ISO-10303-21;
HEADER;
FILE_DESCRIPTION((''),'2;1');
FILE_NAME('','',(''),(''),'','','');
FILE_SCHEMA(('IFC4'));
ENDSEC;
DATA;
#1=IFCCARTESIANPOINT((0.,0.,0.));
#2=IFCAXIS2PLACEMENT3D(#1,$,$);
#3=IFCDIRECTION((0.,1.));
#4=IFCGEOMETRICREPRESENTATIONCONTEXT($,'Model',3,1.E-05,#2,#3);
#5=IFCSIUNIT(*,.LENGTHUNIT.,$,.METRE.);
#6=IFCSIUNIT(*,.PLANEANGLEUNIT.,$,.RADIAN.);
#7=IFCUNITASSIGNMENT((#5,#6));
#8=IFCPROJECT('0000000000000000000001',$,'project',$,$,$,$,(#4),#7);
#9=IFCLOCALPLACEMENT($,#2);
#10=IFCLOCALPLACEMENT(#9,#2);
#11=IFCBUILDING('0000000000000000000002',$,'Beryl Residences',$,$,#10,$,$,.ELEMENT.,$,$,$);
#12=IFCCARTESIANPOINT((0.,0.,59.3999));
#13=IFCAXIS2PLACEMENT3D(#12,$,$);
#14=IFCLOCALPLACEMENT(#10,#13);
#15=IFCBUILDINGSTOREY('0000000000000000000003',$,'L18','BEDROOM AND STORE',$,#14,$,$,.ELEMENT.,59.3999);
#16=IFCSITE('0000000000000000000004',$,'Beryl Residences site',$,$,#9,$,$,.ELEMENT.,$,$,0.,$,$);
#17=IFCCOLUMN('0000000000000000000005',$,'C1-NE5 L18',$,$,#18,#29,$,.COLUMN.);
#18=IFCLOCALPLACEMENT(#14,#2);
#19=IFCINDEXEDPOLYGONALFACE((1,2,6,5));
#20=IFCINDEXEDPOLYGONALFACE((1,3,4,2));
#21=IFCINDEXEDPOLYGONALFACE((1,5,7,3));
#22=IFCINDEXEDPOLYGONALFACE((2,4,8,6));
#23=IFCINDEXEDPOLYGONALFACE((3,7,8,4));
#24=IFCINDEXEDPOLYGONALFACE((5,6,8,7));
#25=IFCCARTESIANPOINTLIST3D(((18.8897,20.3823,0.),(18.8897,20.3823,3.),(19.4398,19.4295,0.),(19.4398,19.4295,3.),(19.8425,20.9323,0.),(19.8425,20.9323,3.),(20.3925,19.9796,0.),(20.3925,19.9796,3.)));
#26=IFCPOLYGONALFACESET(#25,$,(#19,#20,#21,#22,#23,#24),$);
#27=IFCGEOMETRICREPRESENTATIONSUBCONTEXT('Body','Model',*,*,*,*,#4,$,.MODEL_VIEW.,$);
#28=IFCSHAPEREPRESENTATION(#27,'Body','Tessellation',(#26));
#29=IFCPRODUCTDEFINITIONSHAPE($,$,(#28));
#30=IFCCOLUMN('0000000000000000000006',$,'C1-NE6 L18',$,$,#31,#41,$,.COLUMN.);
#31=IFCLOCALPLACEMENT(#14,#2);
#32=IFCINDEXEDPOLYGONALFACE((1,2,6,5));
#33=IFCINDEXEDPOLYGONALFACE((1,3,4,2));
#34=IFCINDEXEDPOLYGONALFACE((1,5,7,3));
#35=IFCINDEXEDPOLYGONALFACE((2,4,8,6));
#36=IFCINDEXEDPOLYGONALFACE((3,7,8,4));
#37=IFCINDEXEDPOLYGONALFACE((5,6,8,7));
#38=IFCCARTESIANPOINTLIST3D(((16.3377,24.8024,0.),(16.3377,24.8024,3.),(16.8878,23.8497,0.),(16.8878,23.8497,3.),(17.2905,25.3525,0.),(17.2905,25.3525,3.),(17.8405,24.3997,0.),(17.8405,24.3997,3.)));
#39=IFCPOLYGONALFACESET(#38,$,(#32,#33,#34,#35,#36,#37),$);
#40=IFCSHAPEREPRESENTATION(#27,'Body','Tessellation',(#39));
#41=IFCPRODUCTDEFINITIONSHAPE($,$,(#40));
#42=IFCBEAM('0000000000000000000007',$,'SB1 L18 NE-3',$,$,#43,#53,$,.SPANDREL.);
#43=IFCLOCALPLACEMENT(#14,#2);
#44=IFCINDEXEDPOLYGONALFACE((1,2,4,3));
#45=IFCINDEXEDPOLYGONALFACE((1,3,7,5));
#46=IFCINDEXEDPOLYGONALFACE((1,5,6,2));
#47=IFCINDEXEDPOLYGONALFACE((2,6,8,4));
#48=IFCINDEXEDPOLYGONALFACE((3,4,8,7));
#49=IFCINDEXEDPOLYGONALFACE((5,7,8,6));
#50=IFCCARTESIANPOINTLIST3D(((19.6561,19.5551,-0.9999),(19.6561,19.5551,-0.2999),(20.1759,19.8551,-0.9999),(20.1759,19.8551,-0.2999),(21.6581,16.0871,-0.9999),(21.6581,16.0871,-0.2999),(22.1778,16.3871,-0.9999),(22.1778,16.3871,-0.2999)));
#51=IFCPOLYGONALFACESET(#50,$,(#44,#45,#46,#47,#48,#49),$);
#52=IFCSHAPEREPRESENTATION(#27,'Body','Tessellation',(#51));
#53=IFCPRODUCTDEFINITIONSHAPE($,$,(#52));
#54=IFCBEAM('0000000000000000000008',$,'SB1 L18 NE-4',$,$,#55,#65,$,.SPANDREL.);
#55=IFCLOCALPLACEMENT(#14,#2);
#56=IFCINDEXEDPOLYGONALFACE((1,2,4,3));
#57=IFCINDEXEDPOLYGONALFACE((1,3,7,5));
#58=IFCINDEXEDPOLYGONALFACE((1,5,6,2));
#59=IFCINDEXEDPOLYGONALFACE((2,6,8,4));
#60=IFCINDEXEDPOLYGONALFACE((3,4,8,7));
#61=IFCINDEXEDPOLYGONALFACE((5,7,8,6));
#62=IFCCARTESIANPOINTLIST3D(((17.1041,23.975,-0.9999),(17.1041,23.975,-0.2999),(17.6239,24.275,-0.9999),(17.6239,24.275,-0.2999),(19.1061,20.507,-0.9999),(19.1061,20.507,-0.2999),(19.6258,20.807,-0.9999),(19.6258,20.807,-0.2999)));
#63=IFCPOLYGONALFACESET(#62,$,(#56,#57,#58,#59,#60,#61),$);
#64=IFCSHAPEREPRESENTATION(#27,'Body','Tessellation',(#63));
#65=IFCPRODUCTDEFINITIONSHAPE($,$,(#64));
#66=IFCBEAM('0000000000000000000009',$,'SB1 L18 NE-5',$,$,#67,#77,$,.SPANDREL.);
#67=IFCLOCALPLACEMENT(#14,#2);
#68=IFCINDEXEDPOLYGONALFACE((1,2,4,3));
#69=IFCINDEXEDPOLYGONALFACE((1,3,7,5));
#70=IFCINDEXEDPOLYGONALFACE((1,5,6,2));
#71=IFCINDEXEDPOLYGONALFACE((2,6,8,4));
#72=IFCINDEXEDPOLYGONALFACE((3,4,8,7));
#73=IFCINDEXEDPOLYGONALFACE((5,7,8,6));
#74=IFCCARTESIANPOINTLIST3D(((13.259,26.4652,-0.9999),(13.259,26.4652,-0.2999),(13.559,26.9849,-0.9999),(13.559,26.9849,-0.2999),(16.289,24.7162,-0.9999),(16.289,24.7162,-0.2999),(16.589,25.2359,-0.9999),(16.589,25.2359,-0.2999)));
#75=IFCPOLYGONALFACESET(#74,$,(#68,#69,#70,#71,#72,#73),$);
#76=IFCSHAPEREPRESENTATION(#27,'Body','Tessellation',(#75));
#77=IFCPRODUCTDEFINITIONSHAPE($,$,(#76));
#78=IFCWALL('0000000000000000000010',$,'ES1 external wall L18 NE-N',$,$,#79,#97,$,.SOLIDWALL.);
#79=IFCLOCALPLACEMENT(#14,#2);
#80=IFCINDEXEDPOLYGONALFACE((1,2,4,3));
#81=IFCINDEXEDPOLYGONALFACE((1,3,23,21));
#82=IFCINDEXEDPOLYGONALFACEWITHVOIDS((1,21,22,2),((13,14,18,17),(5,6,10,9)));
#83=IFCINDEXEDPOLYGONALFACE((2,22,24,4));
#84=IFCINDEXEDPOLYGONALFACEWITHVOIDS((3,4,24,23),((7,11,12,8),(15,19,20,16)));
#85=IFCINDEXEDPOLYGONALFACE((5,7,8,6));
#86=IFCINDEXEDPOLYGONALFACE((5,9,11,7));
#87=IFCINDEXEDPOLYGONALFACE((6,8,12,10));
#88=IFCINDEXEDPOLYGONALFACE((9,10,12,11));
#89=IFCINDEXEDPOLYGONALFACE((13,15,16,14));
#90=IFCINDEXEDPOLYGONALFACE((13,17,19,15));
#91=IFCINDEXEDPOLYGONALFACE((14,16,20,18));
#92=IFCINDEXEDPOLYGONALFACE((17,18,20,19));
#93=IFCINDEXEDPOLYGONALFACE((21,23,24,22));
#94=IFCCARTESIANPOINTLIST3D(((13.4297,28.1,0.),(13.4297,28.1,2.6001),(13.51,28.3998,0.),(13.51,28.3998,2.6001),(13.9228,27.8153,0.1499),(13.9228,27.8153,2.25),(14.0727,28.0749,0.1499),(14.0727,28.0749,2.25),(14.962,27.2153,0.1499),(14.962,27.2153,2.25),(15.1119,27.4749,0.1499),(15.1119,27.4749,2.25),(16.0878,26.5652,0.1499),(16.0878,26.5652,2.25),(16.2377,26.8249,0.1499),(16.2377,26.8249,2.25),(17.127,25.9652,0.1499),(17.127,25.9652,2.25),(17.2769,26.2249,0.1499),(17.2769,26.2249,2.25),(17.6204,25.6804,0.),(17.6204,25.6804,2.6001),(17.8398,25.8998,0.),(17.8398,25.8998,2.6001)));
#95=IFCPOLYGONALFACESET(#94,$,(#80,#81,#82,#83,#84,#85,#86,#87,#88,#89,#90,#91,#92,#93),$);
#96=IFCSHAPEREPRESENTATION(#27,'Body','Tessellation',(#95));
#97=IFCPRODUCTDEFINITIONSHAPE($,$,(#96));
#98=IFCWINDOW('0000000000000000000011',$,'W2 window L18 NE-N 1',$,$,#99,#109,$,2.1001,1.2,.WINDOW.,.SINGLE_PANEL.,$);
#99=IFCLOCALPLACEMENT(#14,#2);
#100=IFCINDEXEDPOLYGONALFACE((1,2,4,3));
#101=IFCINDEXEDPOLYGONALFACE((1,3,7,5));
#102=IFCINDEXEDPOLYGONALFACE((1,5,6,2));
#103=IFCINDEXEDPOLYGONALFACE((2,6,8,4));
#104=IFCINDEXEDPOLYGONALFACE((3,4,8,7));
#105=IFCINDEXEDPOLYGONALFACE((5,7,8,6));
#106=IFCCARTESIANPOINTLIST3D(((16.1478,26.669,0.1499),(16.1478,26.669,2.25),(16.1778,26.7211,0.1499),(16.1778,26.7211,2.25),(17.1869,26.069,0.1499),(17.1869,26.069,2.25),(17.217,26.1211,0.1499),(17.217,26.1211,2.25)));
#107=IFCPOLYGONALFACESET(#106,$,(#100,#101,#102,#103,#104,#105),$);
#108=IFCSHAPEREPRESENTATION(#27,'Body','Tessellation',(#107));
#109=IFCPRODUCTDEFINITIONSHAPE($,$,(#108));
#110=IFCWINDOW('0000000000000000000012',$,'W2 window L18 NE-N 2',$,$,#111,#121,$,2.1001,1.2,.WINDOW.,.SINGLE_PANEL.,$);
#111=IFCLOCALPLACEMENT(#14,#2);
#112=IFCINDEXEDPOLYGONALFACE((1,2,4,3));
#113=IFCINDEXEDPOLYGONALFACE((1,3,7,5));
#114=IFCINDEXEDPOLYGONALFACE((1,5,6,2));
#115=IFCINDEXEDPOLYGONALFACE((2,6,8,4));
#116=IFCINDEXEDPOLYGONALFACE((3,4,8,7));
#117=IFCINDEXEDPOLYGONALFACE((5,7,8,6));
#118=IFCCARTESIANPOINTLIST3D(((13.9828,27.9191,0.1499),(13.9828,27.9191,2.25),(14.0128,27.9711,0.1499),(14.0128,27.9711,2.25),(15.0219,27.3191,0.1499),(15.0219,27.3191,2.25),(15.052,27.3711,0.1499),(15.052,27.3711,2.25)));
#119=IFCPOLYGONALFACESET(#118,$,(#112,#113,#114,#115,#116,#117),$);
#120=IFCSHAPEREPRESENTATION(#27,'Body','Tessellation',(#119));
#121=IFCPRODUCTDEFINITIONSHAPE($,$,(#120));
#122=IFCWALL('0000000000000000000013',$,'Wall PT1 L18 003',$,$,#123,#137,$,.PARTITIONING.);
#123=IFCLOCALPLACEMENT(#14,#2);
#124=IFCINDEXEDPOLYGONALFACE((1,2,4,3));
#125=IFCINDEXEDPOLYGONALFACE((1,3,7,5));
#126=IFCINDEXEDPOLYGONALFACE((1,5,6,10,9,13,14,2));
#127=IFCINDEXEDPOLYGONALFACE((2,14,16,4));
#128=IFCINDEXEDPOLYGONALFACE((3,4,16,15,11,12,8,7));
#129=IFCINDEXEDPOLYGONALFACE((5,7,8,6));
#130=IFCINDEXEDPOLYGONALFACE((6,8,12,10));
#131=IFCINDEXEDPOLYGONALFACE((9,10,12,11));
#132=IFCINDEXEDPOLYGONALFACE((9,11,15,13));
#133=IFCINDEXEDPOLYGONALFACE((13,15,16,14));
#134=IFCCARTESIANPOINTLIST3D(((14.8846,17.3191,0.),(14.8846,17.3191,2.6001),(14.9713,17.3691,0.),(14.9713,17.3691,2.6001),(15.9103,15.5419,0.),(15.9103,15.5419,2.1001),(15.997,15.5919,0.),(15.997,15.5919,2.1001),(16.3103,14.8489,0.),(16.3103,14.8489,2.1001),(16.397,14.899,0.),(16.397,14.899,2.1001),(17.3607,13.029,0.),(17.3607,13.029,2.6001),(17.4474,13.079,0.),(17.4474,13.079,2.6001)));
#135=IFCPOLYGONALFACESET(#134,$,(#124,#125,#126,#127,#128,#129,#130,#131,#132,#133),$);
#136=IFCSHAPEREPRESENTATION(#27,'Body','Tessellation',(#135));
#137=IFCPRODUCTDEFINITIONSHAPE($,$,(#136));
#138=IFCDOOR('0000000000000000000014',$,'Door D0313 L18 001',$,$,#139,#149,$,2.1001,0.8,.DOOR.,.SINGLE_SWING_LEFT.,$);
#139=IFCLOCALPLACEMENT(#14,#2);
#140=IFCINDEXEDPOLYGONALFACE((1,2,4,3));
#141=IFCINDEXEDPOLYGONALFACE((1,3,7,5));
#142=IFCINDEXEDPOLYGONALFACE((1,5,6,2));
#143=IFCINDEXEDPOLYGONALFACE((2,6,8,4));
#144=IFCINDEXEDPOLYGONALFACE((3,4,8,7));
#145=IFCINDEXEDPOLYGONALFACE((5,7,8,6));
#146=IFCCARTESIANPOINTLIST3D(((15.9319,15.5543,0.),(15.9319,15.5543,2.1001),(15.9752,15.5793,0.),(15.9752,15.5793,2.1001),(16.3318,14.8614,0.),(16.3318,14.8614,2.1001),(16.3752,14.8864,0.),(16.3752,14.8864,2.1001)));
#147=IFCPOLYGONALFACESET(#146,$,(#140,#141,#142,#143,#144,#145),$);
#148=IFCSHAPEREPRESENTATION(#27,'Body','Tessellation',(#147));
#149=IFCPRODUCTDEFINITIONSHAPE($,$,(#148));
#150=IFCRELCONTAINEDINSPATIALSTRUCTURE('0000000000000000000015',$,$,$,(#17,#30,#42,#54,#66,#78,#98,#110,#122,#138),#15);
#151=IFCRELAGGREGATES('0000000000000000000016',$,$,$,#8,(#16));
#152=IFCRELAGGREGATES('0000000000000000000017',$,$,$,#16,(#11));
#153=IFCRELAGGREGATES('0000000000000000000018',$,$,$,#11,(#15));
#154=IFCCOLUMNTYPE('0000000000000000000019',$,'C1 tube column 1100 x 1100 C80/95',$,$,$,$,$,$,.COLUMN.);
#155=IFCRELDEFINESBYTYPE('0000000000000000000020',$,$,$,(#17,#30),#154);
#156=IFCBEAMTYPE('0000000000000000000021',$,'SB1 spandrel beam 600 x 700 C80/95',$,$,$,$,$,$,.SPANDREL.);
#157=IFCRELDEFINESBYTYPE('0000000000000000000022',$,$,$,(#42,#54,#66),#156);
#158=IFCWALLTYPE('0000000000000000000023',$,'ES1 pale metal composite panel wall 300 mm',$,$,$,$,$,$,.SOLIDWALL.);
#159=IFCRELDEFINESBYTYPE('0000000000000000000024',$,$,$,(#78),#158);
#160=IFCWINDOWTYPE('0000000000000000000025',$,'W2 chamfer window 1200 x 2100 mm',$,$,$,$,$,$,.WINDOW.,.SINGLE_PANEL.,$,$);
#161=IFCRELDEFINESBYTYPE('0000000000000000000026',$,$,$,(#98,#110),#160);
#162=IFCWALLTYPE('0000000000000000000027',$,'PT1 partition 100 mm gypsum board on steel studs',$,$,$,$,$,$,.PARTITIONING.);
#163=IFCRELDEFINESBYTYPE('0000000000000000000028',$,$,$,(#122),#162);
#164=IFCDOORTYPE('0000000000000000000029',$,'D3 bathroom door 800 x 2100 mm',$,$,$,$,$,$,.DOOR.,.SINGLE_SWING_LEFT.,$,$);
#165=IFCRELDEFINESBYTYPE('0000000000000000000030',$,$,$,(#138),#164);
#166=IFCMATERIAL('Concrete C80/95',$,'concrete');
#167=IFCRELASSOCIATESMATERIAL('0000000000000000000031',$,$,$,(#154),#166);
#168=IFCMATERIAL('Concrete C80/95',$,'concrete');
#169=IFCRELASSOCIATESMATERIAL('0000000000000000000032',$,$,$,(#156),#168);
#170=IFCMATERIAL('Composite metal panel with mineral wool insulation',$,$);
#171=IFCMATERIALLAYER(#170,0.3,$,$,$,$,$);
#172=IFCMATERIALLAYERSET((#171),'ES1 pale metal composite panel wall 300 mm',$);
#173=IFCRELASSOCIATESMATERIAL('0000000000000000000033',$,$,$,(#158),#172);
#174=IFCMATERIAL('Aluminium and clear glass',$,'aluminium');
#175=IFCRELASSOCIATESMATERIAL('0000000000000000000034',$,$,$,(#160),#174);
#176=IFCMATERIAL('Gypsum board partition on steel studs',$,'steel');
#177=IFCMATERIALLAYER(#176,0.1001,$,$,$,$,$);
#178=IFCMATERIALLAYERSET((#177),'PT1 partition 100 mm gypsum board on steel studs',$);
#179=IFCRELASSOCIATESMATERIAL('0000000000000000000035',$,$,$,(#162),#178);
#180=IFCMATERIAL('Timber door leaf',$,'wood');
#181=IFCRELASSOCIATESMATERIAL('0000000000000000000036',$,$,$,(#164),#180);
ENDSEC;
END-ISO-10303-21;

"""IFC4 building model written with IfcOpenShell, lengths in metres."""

from ifc_helpers import new_model, si_unit, direction, frame, frame_2d, origin, origin_2d, place, context, subcontext, project, spatial, polyline, rectangle, outline, extrude, material, layer, layer_set, material_profile, profile_set, type_object, element, fill, save


model = new_model("IFC4")

# Units and contexts
model_context = context("Model", 3, precision=1e-05, world=origin(), true_north=direction((0.0, 1.0)))
body_context = subcontext(model_context, "Body", "Model", "MODEL_VIEW")
ifc_project = project(units=[si_unit("LENGTHUNIT", "METRE"), si_unit("PLANEANGLEUNIT", "RADIAN")], contexts=[model_context])

# Site, building, storey
site_placement = place(None, origin())
site = spatial("IfcSite", under=ifc_project, at=site_placement, Name="Beryl Residences site", CompositionType="ELEMENT", RefElevation=0.0)
building_placement = place(site_placement, origin())
building = spatial("IfcBuilding", under=site, at=building_placement, Name="Beryl Residences", CompositionType="ELEMENT")
storey_placement = place(building_placement, frame((0.0, 0.0, 59.3999)))
storey = spatial("IfcBuildingStorey", under=building, at=storey_placement, Name="L18", Description="BEDROOM AND STORE", CompositionType="ELEMENT", Elevation=59.3999)

# Columns
ifc_material_1 = material(Name="Concrete C80/95", Category="concrete")
ifc_material_profile_1 = material_profile(ifc_material_1, rectangle(XDim=1.1001, YDim=1.1001, at=origin_2d()))
ifc_profile_set_1 = profile_set([ifc_material_profile_1], Name="Concrete C80/95")
column_type = type_object("IfcColumnType", Name="C1 tube column 1100 x 1100 C80/95", PredefinedType="COLUMN", material=ifc_profile_set_1)
for number, where, z_axis, x_axis, name in (
    (1, (19.6411, 20.1809, 0.0), (0.0, 0.0, 1.0), (-0.499985, 0.866034, 0.0), "C1-NE5 L18"),
    (2, (17.0891, 24.6011, 0.0), (0.0, 0.0, 1.0), (-0.499985, 0.866034, 0.0), "C1-NE6 L18"),
):
    element("IfcColumn", number, at=place(storey_placement, frame(where, z_axis=z_axis, x_axis=x_axis)), inside=storey, type_object=column_type, Name=name, PredefinedType="COLUMN", context=body_context, shape_type="SweptSolid", body=[
        extrude(rectangle(XDim=1.1001, YDim=1.1001, at=origin_2d()), origin(), (0.0, 0.0, 1.0), 3.0),
    ])

# Beams
ifc_material_2 = material(Name="Concrete C80/95", Category="concrete")
ifc_material_profile_2 = material_profile(ifc_material_2, rectangle(XDim=0.6001, YDim=0.7, at=origin_2d()))
ifc_profile_set_2 = profile_set([ifc_material_profile_2], Name="Concrete C80/95")
beam_type = type_object("IfcBeamType", Name="SB1 spandrel beam 600 x 700 C80/95", PredefinedType="SPANDREL", material=ifc_profile_set_2)
for number, where, z_axis, x_axis, name in (
    (3, (21.918, 16.2371, -0.6499), (-0.499942, 0.866059, 0.0), (-0.866059, -0.499942, 0.0), "SB1 L18 NE-3"),
    (4, (19.366, 20.657, -0.6499), (-0.499942, 0.866059, 0.0), (-0.866059, -0.499942, 0.0), "SB1 L18 NE-4"),
):
    element("IfcBeam", number, at=place(storey_placement, frame(where, z_axis=z_axis, x_axis=x_axis)), inside=storey, type_object=beam_type, Name=name, PredefinedType="SPANDREL", context=body_context, shape_type="SweptSolid", body=[
        extrude(rectangle(XDim=0.6001, YDim=0.7, at=origin_2d()), origin(), (0.0, 0.0, 1.0), 4.0044),
    ])
beam_placement = place(storey_placement, frame((16.439, 24.9761, -0.6499), z_axis=(-0.866071, 0.499922, 0.0), x_axis=(-0.499922, -0.866071, 0.0)))
element("IfcBeam", 5, at=beam_placement, inside=storey, type_object=beam_type, Name="SB1 L18 NE-5", PredefinedType="SPANDREL", context=body_context, shape_type="SweptSolid", body=[
    extrude(rectangle(XDim=0.6001, YDim=0.7, at=origin_2d()), origin(), (0.0, 0.0, 1.0), 3.4985),
])

# Wall, openings, windows
ifc_material_3 = material(Name="Composite metal panel with mineral wool insulation")
ifc_layer_1 = layer(ifc_material_3, 0.3)
ifc_layer_set_1 = layer_set([ifc_layer_1], Name="ES1 pale metal composite panel wall 300 mm")
wall_type_1 = type_object("IfcWallType", Name="ES1 pale metal composite panel wall 300 mm", PredefinedType="SOLIDWALL", material=ifc_layer_set_1)
wall_1_placement = place(storey_placement, frame((17.7649, 25.77, 0.0), z_axis=(0.0, 0.0, 1.0), x_axis=(-0.866011, 0.500025, 0.0)))
wall_1 = element("IfcWall", 6, at=wall_1_placement, inside=storey, type_object=wall_type_1, Name="ES1 external wall L18 NE-N", PredefinedType="SOLIDWALL", context=body_context, shape_type="SweptSolid", body=[
    extrude(outline(polyline([(0.0, -0.1499), (4.9998, -0.1499), (4.9194, 0.1499), (0.0803, 0.1499), (0.0, -0.1499)])), origin(), (0.0, 0.0, 1.0), 2.6001),
])
opening_1_placement = place(wall_1_placement, frame((0.6499, 0.0, 0.1499)))
opening_1 = element("IfcOpeningElement", 7, at=opening_1_placement, cuts=wall_1, PredefinedType="OPENING", context=body_context, shape_type="SweptSolid", body=[
    extrude(rectangle(XDim=1.2, YDim=2.1001, at=frame_2d((0.6001, 1.05))), frame((0.0, 0.1599, 0.0), z_axis=(0.0, -1.0, 0.0), x_axis=(1.0, 0.0, 0.0)), (0.0, 0.0, 1.0), 0.3201),
])
opening_2_placement = place(wall_1_placement, frame((3.1499, 0.0, 0.1499)))
opening_2 = element("IfcOpeningElement", 8, at=opening_2_placement, cuts=wall_1, PredefinedType="OPENING", context=body_context, shape_type="SweptSolid", body=[
    extrude(rectangle(XDim=1.2, YDim=2.1001, at=frame_2d((0.6001, 1.05))), frame((0.0, 0.1599, 0.0), z_axis=(0.0, -1.0, 0.0), x_axis=(1.0, 0.0, 0.0)), (0.0, 0.0, 1.0), 0.3201),
])
ifc_material_4 = material(Name="Aluminium and clear glass", Category="aluminium")
window_type = type_object("IfcWindowType", Name="W2 chamfer window 1200 x 2100 mm", PartitioningType="SINGLE_PANEL", PredefinedType="WINDOW", material=ifc_material_4)
window_1_placement = place(opening_1_placement, origin())
window_1 = element("IfcWindow", 9, at=window_1_placement, inside=storey, type_object=window_type, Name="W2 window L18 NE-N 1", OverallHeight=2.1001, OverallWidth=1.2, PartitioningType="SINGLE_PANEL", PredefinedType="WINDOW", context=body_context, shape_type="SweptSolid", body=[
    extrude(rectangle(XDim=1.2, YDim=2.1001, at=frame_2d((0.6001, 1.05))), frame((0.0, 0.03, 0.0), z_axis=(0.0, -1.0, 0.0), x_axis=(1.0, 0.0, 0.0)), (0.0, 0.0, 1.0), 0.0601),
])
fill(opening_1, window_1)
window_2_placement = place(opening_2_placement, origin())
window_2 = element("IfcWindow", 10, at=window_2_placement, inside=storey, type_object=window_type, Name="W2 window L18 NE-N 2", OverallHeight=2.1001, OverallWidth=1.2, PartitioningType="SINGLE_PANEL", PredefinedType="WINDOW", context=body_context, shape_type="SweptSolid", body=[
    extrude(rectangle(XDim=1.2, YDim=2.1001, at=frame_2d((0.6001, 1.05))), frame((0.0, 0.03, 0.0), z_axis=(0.0, -1.0, 0.0), x_axis=(1.0, 0.0, 0.0)), (0.0, 0.0, 1.0), 0.0601),
])
fill(opening_2, window_2)

# Wall, opening, door
ifc_material_5 = material(Name="Gypsum board partition on steel studs", Category="steel")
ifc_layer_2 = layer(ifc_material_5, 0.1001)
ifc_layer_set_2 = layer_set([ifc_layer_2], Name="PT1 partition 100 mm gypsum board on steel studs")
wall_type_2 = type_object("IfcWallType", Name="PT1 partition 100 mm gypsum board on steel studs", PredefinedType="PARTITIONING", material=ifc_layer_set_2)
wall_2_placement = place(storey_placement, frame((14.928, 17.344, 0.0), z_axis=(0.0, 0.0, 1.0), x_axis=(0.499882, -0.866094, 0.0)))
wall_2 = element("IfcWall", 11, at=wall_2_placement, inside=storey, type_object=wall_type_2, Name="Wall PT1 L18 003", PredefinedType="PARTITIONING", context=body_context, shape_type="SweptSolid", body=[
    extrude(rectangle(XDim=4.9534, YDim=0.1001, at=frame_2d((2.4766, 0.0))), origin(), (0.0, 0.0, 1.0), 2.6001),
])
opening_3_placement = place(wall_2_placement, frame((2.052, 0.0, 0.0)))
opening_3 = element("IfcOpeningElement", 12, at=opening_3_placement, cuts=wall_2, PredefinedType="OPENING", context=body_context, shape_type="SweptSolid", body=[
    extrude(rectangle(XDim=0.8, YDim=2.1001, at=frame_2d((0.3999, 1.05))), frame((0.0, 0.0601, 0.0), z_axis=(0.0, -1.0, 0.0), x_axis=(1.0, 0.0, 0.0)), (0.0, 0.0, 1.0), 0.1201),
])
ifc_material_6 = material(Name="Timber door leaf", Category="wood")
door_type = type_object("IfcDoorType", Name="D3 bathroom door 800 x 2100 mm", OperationType="SINGLE_SWING_LEFT", PredefinedType="DOOR", material=ifc_material_6)
door_placement = place(opening_3_placement, origin())
door = element("IfcDoor", 13, at=door_placement, inside=storey, type_object=door_type, Name="Door D0313 L18 001", OperationType="SINGLE_SWING_LEFT", OverallHeight=2.1001, OverallWidth=0.8, PredefinedType="DOOR", context=body_context, shape_type="SweptSolid", body=[
    extrude(rectangle(XDim=0.8, YDim=2.1001, at=frame_2d((0.3999, 1.05))), frame((0.0, 0.0249, 0.0), z_axis=(0.0, -1.0, 0.0), x_axis=(1.0, 0.0, 0.0)), (0.0, 0.0, 1.0), 0.05),
])
fill(opening_3, door)

save(model, "model.ifc")
